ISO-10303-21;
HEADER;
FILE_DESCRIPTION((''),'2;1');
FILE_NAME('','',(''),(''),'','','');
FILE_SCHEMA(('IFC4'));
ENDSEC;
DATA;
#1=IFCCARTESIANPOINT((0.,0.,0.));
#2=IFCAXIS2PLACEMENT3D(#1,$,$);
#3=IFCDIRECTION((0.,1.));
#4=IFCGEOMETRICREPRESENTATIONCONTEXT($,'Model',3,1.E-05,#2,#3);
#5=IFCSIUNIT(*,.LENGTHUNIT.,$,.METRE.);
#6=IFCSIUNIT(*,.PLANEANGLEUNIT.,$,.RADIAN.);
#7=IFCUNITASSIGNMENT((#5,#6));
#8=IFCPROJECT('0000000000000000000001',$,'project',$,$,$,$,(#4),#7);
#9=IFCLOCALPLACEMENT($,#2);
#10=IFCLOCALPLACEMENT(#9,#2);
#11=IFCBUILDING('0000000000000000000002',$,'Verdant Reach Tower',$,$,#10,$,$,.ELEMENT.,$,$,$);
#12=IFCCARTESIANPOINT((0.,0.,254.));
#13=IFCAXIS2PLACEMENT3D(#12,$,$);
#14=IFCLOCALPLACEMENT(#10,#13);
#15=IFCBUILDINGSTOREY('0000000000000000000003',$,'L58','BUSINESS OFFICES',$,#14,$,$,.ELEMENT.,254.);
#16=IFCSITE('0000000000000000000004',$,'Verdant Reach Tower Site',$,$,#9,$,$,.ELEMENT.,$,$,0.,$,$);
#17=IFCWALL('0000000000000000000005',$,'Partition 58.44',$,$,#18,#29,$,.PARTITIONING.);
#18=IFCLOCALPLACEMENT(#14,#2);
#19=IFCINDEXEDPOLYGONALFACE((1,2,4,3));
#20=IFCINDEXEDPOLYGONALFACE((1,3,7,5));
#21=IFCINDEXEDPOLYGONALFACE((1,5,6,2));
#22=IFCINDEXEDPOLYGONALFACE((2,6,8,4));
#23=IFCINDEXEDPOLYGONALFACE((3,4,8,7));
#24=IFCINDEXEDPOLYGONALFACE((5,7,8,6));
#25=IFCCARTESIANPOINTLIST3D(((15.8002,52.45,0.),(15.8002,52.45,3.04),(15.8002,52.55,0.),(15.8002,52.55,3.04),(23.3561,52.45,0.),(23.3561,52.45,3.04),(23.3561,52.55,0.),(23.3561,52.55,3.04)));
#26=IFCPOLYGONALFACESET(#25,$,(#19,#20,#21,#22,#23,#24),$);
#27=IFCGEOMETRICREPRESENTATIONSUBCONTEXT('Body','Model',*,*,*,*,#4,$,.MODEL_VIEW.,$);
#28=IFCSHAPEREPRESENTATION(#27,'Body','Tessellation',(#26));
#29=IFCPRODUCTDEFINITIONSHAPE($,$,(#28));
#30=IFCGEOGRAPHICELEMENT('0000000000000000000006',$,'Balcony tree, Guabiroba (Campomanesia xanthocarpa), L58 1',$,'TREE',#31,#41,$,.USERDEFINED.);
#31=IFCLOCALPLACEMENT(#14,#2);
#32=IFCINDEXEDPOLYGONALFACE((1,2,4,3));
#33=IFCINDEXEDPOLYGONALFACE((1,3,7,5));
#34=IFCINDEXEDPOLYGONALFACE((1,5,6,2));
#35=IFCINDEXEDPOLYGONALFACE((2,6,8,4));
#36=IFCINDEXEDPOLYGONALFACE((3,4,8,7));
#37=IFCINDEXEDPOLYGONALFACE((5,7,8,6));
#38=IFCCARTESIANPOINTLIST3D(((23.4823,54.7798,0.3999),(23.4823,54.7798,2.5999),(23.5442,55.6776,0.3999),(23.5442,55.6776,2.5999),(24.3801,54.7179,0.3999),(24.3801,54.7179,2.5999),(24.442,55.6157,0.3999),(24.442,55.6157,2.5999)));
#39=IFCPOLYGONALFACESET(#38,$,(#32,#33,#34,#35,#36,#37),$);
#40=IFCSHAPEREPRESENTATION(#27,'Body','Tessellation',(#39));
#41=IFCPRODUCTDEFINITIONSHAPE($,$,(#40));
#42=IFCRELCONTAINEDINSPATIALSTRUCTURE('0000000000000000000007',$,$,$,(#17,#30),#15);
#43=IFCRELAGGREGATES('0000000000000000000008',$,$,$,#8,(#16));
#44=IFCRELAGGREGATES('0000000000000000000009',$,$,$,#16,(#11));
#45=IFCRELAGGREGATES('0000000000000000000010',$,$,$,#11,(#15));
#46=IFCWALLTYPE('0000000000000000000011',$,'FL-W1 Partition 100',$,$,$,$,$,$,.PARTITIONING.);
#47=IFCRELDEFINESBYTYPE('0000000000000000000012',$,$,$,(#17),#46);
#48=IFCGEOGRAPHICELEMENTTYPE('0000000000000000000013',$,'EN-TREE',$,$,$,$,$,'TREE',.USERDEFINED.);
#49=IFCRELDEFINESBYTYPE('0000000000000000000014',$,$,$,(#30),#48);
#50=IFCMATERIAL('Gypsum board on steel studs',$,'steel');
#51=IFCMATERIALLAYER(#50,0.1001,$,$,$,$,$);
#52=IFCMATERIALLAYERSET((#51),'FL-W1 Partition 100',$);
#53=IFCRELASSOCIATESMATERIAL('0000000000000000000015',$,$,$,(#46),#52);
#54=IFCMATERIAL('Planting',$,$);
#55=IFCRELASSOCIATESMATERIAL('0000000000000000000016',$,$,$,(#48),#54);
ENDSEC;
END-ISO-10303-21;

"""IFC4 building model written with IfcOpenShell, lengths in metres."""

from ifc_helpers import new_model, si_unit, direction, frame, frame_2d, origin, origin_2d, place, context, subcontext, project, spatial, rectangle, extrude, material, layer, layer_set, type_object, element, save


model = new_model("IFC4")

# Units and contexts
model_context = context("Model", 3, precision=1e-05, world=origin(), true_north=direction((0.0, 1.0)))
body_context = subcontext(model_context, "Body", "Model", "MODEL_VIEW")
ifc_project = project(units=[si_unit("LENGTHUNIT", "METRE"), si_unit("PLANEANGLEUNIT", "RADIAN")], contexts=[model_context])

# Site, building, storey
site_placement = place(None, origin())
site = spatial("IfcSite", under=ifc_project, at=site_placement, Name="Verdant Reach Tower Site", CompositionType="ELEMENT", RefElevation=0.0)
building_placement = place(site_placement, origin())
building = spatial("IfcBuilding", under=site, at=building_placement, Name="Verdant Reach Tower", CompositionType="ELEMENT")
storey_placement = place(building_placement, frame((0.0, 0.0, 254.0)))
storey = spatial("IfcBuildingStorey", under=building, at=storey_placement, Name="L58", Description="BUSINESS OFFICES", CompositionType="ELEMENT", Elevation=254.0)

# Wall
ifc_material_1 = material(Name="Gypsum board on steel studs", Category="steel")
ifc_layer_1 = layer(ifc_material_1, 0.1001)
ifc_layer_set_1 = layer_set([ifc_layer_1], Name="FL-W1 Partition 100")
wall_type_1 = type_object("IfcWallType", Name="FL-W1 Partition 100", PredefinedType="PARTITIONING", material=ifc_layer_set_1)
wall_1_placement = place(storey_placement, frame((23.356, 52.5, 0.0), z_axis=(0.0, 0.0, 1.0), x_axis=(-1.0, 0.0, 0.0)))
element("IfcWall", 1, at=wall_1_placement, inside=storey, type_object=wall_type_1, Name="Partition 58.44", PredefinedType="PARTITIONING", context=body_context, shape_type="SweptSolid", body=[
    extrude(rectangle(XDim=7.5559, YDim=0.1001, at=frame_2d((3.7778, 0.0))), origin(), (0.0, 0.0, 1.0), 3.04),
])

# Geographic element
ifc_material_2 = material(Name="Planting")
geographic_element_type = type_object("IfcGeographicElementType", Name="EN-TREE", ElementType="TREE", PredefinedType="USERDEFINED", material=ifc_material_2)
geographic_element_placement = place(storey_placement, frame((23.9622, 55.1978, 0.3999), z_axis=(0.0, 0.0, 1.0), x_axis=(0.068802, 0.99763, 0.0)))
element("IfcGeographicElement", 2, at=geographic_element_placement, inside=storey, type_object=geographic_element_type, Name="Balcony tree, Guabiroba (Campomanesia xanthocarpa), L58 1", ObjectType="TREE", PredefinedType="USERDEFINED", context=body_context, shape_type="SweptSolid", body=[
    extrude(rectangle(XDim=0.8999, YDim=0.8999, at=origin_2d()), origin(), (0.0, 0.0, 1.0), 2.2),
])

save(model, "model.ifc")
